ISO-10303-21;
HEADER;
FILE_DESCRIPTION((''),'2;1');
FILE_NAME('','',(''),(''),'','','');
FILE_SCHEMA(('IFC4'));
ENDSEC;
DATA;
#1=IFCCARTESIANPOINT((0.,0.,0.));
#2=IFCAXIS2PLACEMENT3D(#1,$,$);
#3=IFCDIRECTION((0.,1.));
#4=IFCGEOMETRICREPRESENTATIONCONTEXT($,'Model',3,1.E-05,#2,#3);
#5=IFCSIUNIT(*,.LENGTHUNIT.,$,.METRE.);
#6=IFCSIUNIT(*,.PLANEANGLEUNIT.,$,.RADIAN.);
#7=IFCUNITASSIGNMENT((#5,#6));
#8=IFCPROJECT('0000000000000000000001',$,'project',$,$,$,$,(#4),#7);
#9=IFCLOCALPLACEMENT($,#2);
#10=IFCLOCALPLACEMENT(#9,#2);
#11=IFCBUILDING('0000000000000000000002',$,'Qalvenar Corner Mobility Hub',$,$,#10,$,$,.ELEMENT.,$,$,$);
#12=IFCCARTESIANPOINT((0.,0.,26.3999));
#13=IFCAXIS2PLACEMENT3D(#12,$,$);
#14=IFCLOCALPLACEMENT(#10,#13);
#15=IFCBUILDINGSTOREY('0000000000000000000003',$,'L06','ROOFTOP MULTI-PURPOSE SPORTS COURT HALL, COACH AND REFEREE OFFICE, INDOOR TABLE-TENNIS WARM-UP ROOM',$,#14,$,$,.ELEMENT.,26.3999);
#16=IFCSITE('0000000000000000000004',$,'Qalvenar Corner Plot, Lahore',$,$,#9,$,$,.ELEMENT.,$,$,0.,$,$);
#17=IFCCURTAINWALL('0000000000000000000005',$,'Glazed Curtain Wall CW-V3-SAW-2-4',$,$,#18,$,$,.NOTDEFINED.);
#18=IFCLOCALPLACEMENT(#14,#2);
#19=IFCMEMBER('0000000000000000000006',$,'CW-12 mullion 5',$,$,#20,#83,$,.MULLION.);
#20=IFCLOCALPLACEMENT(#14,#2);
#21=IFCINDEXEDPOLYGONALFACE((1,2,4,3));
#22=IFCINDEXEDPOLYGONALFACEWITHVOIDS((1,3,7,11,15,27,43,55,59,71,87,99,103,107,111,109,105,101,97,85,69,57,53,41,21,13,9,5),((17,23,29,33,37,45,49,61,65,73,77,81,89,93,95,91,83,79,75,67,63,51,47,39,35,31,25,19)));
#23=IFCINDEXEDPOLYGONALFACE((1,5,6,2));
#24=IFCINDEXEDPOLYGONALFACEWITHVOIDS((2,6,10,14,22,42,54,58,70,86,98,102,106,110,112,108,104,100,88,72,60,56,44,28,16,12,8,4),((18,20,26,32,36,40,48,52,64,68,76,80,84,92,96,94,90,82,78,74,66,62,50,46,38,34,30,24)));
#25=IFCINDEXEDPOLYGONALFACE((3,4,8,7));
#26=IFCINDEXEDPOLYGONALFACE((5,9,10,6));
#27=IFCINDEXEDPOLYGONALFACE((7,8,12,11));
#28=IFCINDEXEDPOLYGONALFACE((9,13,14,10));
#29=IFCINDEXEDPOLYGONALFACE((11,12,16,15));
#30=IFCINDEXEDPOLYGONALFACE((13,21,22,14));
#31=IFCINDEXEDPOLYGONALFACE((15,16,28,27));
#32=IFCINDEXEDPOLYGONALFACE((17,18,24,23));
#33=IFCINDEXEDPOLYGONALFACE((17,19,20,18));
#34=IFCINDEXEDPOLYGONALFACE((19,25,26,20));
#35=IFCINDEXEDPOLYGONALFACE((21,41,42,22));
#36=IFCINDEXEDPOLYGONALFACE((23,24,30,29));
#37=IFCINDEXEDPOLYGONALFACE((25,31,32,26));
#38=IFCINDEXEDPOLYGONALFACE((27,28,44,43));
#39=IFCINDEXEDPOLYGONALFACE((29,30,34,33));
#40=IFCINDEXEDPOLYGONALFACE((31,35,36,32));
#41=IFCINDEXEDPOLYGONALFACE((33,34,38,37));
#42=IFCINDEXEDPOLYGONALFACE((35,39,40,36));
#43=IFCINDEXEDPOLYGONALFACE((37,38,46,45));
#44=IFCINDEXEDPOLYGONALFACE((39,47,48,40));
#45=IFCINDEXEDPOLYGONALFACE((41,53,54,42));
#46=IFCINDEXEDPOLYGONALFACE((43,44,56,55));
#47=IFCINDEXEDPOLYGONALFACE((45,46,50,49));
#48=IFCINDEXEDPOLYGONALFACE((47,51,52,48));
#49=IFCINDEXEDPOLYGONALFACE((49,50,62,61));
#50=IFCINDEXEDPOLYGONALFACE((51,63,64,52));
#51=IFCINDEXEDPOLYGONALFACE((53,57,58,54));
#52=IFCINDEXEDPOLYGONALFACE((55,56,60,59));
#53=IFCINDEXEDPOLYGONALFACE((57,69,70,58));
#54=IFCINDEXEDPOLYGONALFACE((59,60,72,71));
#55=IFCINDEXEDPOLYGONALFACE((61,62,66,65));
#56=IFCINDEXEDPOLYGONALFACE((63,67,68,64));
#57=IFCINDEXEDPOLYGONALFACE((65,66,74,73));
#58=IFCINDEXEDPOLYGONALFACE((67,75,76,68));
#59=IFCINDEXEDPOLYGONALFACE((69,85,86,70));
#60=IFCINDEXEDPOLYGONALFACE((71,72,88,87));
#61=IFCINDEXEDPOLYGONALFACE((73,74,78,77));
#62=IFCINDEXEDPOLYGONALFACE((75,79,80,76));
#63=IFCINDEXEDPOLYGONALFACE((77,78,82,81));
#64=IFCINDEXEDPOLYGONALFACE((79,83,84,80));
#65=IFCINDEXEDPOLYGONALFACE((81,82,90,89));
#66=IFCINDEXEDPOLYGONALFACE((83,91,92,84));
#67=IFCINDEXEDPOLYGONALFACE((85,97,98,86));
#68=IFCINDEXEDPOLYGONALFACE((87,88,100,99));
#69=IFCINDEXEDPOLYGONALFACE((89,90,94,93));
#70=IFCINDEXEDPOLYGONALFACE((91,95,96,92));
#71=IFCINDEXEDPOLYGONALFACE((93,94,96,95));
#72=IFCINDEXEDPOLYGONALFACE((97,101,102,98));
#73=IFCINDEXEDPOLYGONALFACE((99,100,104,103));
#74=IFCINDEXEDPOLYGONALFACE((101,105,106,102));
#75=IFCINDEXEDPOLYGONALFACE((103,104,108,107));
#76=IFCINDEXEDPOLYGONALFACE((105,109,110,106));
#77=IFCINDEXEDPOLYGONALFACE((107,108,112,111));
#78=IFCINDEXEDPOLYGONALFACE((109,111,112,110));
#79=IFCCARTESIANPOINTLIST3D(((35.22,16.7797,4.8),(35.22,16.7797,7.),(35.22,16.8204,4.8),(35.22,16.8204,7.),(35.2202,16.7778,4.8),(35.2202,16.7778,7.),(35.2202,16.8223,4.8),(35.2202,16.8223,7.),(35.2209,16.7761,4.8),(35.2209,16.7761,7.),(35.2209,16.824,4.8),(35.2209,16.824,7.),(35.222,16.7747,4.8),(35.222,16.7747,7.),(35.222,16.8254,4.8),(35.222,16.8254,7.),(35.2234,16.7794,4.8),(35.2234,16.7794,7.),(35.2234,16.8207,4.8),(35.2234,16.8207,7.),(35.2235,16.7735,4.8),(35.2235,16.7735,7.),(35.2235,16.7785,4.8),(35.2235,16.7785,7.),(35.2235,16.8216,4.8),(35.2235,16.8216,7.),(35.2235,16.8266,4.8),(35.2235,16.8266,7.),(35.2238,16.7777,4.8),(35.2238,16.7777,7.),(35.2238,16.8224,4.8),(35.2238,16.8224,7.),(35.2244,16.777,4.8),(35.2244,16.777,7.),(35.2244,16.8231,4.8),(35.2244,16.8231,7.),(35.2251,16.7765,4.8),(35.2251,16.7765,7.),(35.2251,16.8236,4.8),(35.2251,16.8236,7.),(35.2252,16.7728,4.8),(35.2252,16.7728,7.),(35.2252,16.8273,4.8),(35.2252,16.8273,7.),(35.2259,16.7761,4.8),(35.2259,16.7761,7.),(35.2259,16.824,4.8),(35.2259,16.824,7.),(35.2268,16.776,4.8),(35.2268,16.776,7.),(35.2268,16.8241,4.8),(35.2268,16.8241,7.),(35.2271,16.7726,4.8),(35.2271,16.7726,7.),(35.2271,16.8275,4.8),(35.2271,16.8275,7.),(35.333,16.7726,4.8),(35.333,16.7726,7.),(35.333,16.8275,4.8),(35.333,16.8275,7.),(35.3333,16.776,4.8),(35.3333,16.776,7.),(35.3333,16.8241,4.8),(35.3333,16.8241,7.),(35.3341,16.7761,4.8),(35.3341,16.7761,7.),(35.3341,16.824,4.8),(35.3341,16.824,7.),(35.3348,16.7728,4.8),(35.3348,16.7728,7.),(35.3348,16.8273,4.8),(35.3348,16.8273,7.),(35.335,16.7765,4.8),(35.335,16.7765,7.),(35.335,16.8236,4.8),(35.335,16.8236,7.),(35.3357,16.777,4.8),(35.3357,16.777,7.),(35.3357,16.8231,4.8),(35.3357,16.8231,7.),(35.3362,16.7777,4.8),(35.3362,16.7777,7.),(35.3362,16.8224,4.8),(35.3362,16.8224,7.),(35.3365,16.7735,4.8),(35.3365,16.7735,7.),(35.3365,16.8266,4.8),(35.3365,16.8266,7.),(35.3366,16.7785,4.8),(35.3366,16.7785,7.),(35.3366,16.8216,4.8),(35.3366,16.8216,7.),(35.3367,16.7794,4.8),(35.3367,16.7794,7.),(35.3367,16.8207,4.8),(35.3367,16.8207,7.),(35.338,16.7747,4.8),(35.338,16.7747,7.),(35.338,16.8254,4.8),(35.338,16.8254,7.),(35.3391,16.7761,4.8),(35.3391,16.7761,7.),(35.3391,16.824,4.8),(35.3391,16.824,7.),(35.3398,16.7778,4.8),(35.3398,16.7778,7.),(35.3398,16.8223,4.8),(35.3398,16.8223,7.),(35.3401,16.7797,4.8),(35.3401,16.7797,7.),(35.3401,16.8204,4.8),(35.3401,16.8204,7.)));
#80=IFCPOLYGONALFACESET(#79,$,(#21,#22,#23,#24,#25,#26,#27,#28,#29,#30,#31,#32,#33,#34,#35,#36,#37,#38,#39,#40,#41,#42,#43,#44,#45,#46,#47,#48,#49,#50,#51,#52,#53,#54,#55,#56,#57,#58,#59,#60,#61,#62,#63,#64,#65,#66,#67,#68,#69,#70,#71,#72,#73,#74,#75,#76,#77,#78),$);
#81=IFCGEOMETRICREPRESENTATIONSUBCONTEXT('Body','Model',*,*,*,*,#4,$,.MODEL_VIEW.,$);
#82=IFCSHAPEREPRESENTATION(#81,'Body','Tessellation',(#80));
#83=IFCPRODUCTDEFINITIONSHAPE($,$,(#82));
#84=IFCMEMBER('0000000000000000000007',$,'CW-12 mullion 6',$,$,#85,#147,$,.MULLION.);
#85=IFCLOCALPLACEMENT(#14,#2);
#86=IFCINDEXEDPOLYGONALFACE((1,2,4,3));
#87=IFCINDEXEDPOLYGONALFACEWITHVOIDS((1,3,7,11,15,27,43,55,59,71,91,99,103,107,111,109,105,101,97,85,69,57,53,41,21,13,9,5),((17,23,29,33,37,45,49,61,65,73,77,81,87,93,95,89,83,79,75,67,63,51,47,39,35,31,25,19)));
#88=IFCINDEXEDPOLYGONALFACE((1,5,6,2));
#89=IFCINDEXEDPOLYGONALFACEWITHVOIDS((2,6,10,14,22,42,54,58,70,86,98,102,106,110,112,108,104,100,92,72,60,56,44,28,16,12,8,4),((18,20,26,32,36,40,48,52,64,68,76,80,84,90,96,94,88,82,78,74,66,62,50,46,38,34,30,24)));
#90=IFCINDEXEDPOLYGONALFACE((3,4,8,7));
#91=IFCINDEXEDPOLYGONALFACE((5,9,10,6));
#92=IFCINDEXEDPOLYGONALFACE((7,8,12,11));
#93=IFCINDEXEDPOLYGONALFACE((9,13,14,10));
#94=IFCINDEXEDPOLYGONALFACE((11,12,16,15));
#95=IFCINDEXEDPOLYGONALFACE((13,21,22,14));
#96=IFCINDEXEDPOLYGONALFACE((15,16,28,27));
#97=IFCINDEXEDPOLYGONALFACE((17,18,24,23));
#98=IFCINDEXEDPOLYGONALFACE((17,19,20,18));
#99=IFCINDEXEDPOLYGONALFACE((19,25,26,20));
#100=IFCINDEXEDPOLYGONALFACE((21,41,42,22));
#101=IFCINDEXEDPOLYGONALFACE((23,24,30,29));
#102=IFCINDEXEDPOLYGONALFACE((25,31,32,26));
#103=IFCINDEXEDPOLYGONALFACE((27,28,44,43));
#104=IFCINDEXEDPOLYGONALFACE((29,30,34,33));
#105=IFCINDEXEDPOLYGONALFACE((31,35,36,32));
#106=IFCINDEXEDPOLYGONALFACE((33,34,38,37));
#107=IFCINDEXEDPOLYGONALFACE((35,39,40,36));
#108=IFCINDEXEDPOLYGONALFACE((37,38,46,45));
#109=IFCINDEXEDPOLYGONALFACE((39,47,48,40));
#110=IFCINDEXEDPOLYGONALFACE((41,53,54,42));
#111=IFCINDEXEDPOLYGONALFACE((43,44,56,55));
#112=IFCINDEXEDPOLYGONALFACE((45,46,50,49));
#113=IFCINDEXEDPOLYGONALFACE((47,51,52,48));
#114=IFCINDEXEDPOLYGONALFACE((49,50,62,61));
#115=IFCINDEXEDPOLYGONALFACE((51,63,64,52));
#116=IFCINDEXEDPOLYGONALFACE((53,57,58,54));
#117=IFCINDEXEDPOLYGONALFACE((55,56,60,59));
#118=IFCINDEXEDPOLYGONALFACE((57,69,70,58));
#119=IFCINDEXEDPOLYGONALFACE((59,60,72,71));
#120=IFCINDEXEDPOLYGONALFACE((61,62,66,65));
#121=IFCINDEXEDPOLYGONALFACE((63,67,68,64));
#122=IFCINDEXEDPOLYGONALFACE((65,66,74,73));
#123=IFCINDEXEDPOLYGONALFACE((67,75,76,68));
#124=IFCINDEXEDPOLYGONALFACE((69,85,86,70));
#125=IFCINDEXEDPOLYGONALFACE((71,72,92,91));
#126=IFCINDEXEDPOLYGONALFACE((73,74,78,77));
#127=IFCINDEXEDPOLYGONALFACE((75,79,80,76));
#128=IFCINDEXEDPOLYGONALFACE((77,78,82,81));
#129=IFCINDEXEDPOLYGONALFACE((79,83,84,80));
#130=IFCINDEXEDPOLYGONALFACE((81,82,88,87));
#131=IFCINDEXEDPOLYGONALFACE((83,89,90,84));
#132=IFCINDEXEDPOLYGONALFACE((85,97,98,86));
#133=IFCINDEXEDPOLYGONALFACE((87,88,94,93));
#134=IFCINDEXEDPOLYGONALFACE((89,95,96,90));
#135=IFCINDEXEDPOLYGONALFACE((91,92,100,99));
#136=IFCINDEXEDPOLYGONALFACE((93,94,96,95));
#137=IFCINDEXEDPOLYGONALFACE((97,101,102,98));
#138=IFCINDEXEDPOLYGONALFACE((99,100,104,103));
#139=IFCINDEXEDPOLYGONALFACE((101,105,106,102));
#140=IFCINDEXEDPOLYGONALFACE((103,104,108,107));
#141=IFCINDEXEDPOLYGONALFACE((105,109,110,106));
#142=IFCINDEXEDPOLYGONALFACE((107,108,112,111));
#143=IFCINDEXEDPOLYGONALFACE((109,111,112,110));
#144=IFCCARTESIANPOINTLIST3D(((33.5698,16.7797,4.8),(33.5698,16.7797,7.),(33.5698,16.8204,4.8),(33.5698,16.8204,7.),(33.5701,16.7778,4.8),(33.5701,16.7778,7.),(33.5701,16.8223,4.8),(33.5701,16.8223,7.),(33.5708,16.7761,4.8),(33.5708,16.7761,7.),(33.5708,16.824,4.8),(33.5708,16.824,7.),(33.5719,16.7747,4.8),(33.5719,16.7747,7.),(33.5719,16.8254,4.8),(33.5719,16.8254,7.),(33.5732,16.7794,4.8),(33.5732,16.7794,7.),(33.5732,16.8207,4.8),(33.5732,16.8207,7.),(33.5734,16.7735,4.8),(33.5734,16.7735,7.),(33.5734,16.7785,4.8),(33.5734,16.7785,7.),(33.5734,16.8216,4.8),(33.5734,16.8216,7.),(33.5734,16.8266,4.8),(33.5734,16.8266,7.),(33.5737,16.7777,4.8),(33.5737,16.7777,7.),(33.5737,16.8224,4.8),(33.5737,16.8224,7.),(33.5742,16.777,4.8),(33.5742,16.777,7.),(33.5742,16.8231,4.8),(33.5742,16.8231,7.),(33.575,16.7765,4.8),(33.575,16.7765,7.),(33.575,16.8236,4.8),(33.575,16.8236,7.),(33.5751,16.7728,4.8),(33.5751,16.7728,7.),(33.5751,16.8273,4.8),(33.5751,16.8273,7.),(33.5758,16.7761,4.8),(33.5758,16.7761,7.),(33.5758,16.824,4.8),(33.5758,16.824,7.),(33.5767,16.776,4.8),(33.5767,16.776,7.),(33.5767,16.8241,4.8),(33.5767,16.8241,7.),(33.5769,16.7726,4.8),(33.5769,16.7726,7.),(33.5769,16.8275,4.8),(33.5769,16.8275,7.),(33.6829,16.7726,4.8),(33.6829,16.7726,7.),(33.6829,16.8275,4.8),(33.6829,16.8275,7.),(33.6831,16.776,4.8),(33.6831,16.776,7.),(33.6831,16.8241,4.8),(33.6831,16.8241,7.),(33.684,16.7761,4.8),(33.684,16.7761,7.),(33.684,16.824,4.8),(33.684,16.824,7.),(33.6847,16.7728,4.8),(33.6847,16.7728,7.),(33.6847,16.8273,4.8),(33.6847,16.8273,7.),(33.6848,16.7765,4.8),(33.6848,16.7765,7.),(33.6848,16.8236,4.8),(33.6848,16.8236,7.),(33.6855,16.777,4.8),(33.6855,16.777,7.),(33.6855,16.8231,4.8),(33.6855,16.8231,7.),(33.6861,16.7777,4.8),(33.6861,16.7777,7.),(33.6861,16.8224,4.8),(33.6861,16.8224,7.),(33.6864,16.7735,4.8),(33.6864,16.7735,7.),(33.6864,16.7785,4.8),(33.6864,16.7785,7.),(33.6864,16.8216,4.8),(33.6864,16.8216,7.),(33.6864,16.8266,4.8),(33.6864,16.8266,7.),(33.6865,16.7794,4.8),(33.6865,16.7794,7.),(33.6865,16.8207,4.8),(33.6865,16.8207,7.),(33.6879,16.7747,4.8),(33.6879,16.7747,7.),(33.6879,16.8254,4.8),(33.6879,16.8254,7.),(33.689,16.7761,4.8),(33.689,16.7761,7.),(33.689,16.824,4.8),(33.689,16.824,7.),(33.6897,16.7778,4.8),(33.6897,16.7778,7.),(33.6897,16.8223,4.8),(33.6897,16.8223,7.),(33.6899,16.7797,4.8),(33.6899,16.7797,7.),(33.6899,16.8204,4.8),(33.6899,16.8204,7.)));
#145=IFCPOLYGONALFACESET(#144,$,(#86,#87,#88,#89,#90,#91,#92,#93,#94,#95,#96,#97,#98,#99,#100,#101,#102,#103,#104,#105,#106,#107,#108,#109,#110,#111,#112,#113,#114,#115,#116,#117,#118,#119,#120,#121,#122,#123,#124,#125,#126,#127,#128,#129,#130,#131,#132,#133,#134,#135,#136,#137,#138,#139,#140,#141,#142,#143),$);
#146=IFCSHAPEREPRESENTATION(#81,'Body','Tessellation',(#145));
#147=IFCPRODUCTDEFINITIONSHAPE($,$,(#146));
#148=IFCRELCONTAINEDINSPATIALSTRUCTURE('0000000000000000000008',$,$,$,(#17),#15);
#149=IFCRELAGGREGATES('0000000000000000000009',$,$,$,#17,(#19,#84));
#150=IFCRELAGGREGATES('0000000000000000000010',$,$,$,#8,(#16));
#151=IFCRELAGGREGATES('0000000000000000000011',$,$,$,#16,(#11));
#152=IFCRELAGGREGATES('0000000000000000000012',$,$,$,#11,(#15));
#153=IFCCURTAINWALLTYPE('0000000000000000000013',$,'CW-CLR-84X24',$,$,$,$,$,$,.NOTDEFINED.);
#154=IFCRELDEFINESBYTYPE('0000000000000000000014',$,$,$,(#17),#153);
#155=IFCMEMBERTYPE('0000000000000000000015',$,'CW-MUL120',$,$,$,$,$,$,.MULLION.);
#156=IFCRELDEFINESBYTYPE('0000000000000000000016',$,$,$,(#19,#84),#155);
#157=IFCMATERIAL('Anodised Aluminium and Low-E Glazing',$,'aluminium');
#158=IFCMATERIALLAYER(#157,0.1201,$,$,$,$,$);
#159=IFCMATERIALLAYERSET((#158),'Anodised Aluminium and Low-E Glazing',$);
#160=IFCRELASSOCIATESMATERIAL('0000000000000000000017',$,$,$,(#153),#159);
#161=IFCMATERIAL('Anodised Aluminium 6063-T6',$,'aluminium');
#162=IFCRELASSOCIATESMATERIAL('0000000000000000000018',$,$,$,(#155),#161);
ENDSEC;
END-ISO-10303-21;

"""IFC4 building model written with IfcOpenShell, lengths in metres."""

from ifc_helpers import new_model, si_unit, direction, frame, origin, origin_2d, place, context, subcontext, project, spatial, hollow_rectangle, extrude, material, layer, layer_set, material_profile, profile_set, type_object, element, aggregate, save


model = new_model("IFC4")

# Units and contexts
model_context = context("Model", 3, precision=1e-05, world=origin(), true_north=direction((0.0, 1.0)))
body_context = subcontext(model_context, "Body", "Model", "MODEL_VIEW")
ifc_project = project(units=[si_unit("LENGTHUNIT", "METRE"), si_unit("PLANEANGLEUNIT", "RADIAN")], contexts=[model_context])

# Site, building, storey
site_placement = place(None, origin())
site = spatial("IfcSite", under=ifc_project, at=site_placement, Name="Qalvenar Corner Plot, Lahore", CompositionType="ELEMENT", RefElevation=0.0)
building_placement = place(site_placement, origin())
building = spatial("IfcBuilding", under=site, at=building_placement, Name="Qalvenar Corner Mobility Hub", CompositionType="ELEMENT")
storey_placement = place(building_placement, frame((0.0, 0.0, 26.3999)))
storey = spatial("IfcBuildingStorey", under=building, at=storey_placement, Name="L06", Description="ROOFTOP MULTI-PURPOSE SPORTS COURT HALL, COACH AND REFEREE OFFICE, INDOOR TABLE-TENNIS WARM-UP ROOM", CompositionType="ELEMENT", Elevation=26.3999)

# Curtain wall, members
ifc_material_1 = material(Name="Anodised Aluminium and Low-E Glazing", Category="aluminium")
ifc_layer_1 = layer(ifc_material_1, 0.1201)
ifc_layer_set_1 = layer_set([ifc_layer_1], Name="Anodised Aluminium and Low-E Glazing")
curtain_wall_type = type_object("IfcCurtainWallType", Name="CW-CLR-84X24", PredefinedType="NOTDEFINED", material=ifc_layer_set_1)
curtain_wall_1_placement = place(storey_placement, origin())
curtain_wall_1 = element("IfcCurtainWall", 1, at=curtain_wall_1_placement, inside=storey, type_object=curtain_wall_type, Name="Glazed Curtain Wall CW-V3-SAW-2-4", PredefinedType="NOTDEFINED")
ifc_material_2 = material(Name="Anodised Aluminium 6063-T6", Category="aluminium")
ifc_material_profile_1 = material_profile(ifc_material_2, hollow_rectangle(XDim=0.0549, YDim=0.1201, WallThickness=0.0034, InnerFilletRadius=0.0034, OuterFilletRadius=0.0071, at=origin_2d()), Name="RHS120x55x3.5")
ifc_profile_set_1 = profile_set([ifc_material_profile_1], Name="Anodised Aluminium 6063-T6")
member_type_1 = type_object("IfcMemberType", Name="CW-MUL120", PredefinedType="MULLION", material=ifc_profile_set_1)
member_1_placement = place(storey_placement, frame((35.28, 16.8, 4.8), z_axis=(0.0, 0.0, 1.0), x_axis=(0.0, -1.0, 0.0)))
member_1 = element("IfcMember", 2, at=member_1_placement, type_object=member_type_1, Name="CW-12 mullion 5", PredefinedType="MULLION", context=body_context, shape_type="SweptSolid", body=[
    extrude(hollow_rectangle(XDim=0.0549, YDim=0.1201, WallThickness=0.0034, InnerFilletRadius=0.0034, OuterFilletRadius=0.0071, at=origin_2d()), origin(), (0.0, 0.0, 1.0), 2.2),
])
member_2_placement = place(storey_placement, frame((33.6299, 16.8, 4.8), z_axis=(0.0, 0.0, 1.0), x_axis=(0.0, -1.0, 0.0)))
member_2 = element("IfcMember", 3, at=member_2_placement, type_object=member_type_1, Name="CW-12 mullion 6", PredefinedType="MULLION", context=body_context, shape_type="SweptSolid", body=[
    extrude(hollow_rectangle(XDim=0.0549, YDim=0.1201, WallThickness=0.0034, InnerFilletRadius=0.0034, OuterFilletRadius=0.0071, at=origin_2d()), origin(), (0.0, 0.0, 1.0), 2.2),
])

aggregate(curtain_wall_1, [member_1, member_2])

save(model, "model.ifc")
